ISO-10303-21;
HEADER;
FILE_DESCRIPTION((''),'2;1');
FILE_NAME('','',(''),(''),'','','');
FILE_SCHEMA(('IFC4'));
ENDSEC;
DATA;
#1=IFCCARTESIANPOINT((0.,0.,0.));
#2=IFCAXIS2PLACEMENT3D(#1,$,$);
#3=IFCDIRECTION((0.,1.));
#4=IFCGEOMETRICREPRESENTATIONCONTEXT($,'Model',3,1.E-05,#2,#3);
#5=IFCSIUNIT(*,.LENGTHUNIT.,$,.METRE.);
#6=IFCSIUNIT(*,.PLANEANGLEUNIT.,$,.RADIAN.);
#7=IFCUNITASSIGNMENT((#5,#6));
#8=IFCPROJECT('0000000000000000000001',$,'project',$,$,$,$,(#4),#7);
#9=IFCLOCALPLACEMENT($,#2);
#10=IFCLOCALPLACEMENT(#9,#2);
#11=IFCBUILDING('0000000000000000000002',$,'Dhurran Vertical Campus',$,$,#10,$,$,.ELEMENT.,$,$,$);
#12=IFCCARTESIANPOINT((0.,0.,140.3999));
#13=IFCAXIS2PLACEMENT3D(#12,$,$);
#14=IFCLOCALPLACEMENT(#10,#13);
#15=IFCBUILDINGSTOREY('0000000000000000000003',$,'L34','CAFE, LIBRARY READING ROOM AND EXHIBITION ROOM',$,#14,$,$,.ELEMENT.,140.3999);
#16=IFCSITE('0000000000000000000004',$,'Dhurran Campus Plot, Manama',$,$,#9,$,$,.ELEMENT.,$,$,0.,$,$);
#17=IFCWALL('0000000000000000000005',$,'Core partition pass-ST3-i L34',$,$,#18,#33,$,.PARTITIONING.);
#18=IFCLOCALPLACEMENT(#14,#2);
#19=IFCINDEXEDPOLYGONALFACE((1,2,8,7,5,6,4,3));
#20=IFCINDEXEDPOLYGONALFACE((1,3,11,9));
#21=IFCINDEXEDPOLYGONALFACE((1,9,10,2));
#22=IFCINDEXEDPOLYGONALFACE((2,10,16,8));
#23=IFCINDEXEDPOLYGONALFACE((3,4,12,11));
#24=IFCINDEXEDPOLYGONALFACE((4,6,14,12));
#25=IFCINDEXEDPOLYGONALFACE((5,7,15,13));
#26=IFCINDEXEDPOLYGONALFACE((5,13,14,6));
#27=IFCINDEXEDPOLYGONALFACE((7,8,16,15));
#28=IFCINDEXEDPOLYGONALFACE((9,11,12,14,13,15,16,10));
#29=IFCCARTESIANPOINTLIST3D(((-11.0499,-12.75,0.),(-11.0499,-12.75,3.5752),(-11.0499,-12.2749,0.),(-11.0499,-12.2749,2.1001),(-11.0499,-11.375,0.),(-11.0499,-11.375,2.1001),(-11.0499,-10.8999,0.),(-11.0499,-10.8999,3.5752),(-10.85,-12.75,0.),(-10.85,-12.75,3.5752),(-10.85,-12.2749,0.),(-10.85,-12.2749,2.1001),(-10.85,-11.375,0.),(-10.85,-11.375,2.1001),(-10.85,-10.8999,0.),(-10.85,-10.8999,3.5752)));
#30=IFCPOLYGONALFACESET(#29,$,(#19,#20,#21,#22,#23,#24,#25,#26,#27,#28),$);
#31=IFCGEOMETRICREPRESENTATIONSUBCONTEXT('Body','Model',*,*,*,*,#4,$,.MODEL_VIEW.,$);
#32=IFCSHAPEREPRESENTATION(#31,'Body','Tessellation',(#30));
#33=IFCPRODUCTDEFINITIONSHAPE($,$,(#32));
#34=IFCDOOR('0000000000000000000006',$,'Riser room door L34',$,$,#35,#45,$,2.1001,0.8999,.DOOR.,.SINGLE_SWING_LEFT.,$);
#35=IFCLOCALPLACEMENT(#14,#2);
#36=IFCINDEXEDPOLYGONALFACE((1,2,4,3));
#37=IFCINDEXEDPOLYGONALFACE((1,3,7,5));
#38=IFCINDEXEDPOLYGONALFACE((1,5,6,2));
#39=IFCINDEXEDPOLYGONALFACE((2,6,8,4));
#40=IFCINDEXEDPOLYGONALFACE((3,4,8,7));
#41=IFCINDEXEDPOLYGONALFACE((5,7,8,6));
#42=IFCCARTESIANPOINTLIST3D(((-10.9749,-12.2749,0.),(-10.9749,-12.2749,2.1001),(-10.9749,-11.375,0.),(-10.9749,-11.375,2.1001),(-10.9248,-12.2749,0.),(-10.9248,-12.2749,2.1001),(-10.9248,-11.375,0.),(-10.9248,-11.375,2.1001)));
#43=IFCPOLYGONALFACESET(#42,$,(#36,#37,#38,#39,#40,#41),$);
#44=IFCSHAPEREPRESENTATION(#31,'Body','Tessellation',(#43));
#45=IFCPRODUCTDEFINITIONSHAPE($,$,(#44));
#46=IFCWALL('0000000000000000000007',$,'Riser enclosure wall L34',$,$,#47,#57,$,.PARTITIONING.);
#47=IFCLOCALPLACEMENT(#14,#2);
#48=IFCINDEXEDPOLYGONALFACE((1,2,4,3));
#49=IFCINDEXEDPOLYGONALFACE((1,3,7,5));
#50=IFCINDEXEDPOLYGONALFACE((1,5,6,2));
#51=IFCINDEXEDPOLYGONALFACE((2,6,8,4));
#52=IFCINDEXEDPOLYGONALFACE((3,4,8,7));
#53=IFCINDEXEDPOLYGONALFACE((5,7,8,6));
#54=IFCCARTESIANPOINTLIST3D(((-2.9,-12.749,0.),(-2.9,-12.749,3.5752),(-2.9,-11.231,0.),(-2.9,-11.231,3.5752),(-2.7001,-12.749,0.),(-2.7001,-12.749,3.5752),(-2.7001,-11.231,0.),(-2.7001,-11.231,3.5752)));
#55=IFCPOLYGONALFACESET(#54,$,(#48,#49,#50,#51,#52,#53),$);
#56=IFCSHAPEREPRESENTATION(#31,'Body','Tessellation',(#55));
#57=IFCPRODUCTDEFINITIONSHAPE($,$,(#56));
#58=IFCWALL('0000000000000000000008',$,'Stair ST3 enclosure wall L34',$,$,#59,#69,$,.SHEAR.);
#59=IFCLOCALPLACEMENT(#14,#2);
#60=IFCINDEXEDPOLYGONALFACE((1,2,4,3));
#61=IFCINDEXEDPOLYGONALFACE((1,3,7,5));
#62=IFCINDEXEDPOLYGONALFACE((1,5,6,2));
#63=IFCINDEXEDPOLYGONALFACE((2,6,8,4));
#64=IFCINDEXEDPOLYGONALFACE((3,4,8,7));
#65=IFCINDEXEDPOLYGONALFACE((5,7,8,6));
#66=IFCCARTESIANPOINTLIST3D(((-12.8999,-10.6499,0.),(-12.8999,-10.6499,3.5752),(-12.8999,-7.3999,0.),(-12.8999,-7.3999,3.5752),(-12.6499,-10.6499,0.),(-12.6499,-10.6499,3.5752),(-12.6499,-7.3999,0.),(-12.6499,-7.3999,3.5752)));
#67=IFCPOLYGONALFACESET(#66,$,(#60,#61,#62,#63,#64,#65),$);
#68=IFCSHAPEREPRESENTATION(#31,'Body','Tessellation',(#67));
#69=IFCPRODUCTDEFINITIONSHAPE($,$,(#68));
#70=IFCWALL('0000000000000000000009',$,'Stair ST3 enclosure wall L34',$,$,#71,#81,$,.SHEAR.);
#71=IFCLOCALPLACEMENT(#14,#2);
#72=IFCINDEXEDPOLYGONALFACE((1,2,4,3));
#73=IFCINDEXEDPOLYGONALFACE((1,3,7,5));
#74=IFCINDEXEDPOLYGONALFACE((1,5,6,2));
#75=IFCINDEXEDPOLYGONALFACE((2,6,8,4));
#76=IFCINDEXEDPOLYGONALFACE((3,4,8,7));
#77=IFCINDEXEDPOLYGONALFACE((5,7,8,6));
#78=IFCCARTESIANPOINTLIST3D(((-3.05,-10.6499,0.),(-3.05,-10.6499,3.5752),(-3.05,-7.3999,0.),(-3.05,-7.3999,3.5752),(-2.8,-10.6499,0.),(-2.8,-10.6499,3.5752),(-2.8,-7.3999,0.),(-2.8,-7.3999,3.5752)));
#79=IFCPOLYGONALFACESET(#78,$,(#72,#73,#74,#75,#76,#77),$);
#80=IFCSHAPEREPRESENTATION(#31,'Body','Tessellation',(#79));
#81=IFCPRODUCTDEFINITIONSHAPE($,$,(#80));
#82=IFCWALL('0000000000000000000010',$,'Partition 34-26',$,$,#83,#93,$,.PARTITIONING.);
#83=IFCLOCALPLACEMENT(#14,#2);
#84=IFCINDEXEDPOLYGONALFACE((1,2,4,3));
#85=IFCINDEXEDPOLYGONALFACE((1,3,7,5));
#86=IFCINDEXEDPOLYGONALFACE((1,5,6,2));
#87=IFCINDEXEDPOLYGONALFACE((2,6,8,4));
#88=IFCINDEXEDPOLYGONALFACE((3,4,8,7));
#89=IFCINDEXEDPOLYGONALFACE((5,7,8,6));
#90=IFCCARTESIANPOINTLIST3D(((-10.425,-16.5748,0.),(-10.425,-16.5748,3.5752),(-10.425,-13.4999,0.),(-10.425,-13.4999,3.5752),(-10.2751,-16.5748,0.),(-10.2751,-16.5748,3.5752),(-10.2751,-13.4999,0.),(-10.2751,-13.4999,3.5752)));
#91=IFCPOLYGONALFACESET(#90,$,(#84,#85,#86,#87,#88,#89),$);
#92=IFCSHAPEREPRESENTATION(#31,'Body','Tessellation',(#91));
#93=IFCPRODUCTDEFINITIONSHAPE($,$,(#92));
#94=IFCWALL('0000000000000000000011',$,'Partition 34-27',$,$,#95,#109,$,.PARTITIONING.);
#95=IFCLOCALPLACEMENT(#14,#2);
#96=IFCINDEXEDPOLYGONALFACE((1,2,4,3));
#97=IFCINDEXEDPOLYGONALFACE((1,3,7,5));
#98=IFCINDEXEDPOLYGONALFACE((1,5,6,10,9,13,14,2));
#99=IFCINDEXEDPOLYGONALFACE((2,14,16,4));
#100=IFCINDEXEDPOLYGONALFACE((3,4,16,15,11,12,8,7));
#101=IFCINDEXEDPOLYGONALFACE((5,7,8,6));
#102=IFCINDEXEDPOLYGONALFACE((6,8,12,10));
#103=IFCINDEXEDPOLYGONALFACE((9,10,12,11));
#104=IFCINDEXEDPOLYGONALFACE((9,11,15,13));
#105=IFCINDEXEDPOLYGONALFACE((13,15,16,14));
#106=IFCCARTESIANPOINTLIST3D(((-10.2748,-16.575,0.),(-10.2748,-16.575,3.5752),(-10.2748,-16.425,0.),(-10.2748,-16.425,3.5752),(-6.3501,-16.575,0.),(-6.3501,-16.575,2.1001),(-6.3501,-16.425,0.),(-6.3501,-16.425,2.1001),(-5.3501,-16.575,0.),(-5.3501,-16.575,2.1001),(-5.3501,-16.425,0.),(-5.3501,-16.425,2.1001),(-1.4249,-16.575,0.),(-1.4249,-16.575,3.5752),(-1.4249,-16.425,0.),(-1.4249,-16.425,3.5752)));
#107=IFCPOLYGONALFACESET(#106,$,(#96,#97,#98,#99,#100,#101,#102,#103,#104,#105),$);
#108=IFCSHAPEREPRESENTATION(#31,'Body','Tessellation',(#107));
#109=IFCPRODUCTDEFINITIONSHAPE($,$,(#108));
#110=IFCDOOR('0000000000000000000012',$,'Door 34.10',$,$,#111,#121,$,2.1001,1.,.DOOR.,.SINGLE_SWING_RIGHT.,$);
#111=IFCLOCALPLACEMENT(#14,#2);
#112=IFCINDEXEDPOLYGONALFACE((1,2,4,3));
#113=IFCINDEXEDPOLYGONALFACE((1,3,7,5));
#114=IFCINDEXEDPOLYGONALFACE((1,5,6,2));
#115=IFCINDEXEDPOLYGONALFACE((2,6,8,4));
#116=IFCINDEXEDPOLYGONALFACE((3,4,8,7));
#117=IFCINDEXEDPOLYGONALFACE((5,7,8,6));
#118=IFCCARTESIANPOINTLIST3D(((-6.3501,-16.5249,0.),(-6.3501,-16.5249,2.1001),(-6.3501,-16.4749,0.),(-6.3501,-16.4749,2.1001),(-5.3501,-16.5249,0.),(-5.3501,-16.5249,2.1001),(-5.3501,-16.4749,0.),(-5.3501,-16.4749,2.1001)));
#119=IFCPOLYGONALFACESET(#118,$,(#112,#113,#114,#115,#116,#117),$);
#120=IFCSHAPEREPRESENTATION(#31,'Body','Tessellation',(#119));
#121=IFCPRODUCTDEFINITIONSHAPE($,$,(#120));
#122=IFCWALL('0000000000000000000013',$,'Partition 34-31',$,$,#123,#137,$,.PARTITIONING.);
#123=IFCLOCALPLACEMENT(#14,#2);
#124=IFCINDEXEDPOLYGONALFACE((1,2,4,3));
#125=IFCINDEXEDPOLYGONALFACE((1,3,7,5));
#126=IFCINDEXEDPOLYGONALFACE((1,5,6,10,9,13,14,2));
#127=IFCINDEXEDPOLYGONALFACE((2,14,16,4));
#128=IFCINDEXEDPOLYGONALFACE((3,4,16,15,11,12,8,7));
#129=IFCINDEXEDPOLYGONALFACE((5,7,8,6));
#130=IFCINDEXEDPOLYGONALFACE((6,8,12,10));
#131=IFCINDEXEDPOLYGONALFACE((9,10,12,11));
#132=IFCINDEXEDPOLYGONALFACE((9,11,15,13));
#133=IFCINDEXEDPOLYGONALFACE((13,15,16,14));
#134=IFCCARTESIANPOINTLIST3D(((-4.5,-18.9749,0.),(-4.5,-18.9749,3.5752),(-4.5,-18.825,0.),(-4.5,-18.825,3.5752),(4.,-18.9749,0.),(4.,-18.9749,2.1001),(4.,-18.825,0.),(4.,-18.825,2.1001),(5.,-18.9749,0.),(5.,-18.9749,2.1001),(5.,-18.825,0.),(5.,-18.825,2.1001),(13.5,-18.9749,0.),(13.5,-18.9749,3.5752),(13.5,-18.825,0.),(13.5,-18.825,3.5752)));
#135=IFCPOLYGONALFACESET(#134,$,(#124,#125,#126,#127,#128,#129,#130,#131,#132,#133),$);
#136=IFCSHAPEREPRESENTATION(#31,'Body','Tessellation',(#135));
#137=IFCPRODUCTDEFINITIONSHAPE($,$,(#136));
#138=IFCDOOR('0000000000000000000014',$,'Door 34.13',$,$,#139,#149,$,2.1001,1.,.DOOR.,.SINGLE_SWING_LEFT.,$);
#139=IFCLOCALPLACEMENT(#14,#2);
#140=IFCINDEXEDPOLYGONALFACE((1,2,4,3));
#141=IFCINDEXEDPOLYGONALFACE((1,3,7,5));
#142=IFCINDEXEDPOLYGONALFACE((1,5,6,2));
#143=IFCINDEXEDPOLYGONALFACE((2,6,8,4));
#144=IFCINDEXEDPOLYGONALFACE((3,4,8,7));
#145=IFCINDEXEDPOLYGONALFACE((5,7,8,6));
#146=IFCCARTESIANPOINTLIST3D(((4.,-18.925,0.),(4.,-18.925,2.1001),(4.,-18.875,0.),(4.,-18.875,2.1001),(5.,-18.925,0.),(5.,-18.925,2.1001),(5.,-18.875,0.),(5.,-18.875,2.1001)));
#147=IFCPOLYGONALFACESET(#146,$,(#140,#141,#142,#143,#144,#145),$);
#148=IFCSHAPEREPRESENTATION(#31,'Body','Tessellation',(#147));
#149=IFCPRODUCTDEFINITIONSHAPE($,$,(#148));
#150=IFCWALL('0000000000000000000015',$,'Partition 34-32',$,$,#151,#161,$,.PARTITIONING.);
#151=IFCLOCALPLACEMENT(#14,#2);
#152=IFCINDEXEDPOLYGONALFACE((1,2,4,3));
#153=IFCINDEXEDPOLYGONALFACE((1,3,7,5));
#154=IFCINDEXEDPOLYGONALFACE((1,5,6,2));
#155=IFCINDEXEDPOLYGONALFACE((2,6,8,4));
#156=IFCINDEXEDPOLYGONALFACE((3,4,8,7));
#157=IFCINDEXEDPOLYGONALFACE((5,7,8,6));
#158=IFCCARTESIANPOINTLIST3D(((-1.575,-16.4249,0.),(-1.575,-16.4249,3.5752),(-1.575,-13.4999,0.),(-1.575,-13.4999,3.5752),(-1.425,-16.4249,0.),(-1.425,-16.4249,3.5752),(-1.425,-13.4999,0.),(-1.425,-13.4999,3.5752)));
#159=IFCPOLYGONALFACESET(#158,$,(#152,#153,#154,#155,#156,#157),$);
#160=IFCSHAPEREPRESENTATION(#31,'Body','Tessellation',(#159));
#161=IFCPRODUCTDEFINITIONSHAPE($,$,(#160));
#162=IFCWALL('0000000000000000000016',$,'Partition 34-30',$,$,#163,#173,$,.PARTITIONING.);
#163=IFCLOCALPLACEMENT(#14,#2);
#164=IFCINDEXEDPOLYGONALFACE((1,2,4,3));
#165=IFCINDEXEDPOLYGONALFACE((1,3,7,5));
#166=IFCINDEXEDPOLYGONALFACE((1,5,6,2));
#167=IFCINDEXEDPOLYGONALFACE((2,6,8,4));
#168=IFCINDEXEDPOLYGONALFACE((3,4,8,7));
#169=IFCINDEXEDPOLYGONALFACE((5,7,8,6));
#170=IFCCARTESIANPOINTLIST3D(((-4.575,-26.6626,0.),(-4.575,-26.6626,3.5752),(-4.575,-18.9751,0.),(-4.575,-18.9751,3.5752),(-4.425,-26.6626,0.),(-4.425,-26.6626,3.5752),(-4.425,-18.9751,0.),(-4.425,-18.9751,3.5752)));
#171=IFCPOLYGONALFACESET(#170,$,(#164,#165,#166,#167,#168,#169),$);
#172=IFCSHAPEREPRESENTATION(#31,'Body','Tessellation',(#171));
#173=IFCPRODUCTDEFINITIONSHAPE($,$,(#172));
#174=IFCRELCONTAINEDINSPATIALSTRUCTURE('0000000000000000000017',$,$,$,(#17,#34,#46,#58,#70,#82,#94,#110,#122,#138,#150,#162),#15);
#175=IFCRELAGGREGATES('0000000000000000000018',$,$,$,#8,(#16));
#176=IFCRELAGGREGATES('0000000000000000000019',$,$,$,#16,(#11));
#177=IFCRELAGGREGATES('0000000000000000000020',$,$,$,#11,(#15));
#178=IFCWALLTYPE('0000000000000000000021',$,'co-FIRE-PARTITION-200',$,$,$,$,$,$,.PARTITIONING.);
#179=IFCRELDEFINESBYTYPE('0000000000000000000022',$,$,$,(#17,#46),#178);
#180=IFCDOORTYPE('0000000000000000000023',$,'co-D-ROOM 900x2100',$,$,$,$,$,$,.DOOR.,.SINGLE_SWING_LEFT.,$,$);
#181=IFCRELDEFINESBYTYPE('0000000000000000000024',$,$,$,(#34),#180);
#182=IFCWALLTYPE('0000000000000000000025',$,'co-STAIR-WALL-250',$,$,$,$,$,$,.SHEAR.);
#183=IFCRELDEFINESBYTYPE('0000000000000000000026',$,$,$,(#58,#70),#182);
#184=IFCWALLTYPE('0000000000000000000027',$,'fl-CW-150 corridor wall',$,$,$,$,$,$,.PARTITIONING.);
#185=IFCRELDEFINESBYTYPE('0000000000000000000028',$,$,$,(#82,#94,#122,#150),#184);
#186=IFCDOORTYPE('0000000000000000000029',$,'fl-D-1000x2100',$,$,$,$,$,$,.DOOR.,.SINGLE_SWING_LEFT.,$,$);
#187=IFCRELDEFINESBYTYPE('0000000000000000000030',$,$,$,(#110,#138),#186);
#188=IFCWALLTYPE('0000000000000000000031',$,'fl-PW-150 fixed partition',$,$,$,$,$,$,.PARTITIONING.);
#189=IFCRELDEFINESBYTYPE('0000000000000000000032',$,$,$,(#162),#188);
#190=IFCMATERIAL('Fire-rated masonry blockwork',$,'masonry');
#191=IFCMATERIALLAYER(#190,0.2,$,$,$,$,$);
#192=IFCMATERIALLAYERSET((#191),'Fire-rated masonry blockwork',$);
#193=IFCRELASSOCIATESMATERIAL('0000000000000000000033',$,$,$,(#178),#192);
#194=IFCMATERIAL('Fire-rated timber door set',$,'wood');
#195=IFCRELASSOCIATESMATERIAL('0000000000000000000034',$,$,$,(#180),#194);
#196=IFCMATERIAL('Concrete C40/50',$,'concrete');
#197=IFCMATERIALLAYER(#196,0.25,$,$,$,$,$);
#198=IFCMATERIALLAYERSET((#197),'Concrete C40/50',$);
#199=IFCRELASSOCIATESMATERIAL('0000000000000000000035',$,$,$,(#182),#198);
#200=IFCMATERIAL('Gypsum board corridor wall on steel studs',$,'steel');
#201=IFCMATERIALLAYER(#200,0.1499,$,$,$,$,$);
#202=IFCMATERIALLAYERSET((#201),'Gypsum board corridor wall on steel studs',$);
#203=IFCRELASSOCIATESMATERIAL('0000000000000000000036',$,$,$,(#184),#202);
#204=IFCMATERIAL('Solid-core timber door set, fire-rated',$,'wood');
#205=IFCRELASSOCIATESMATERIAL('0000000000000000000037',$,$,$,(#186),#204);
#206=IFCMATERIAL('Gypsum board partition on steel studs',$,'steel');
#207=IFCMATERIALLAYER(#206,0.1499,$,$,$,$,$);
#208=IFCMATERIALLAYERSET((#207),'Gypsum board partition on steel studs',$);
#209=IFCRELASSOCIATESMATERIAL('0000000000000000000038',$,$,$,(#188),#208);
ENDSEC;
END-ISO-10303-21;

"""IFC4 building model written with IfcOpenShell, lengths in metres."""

from ifc_helpers import new_model, si_unit, direction, frame, frame_2d, origin, place, context, subcontext, project, spatial, rectangle, extrude, material, layer, layer_set, type_object, element, fill, save


model = new_model("IFC4")

# Units and contexts
model_context = context("Model", 3, precision=1e-05, world=origin(), true_north=direction((0.0, 1.0)))
body_context = subcontext(model_context, "Body", "Model", "MODEL_VIEW")
ifc_project = project(units=[si_unit("LENGTHUNIT", "METRE"), si_unit("PLANEANGLEUNIT", "RADIAN")], contexts=[model_context])

# Site, building, storey
site_placement = place(None, origin())
site = spatial("IfcSite", under=ifc_project, at=site_placement, Name="Dhurran Campus Plot, Manama", CompositionType="ELEMENT", RefElevation=0.0)
building_placement = place(site_placement, origin())
building = spatial("IfcBuilding", under=site, at=building_placement, Name="Dhurran Vertical Campus", CompositionType="ELEMENT")
storey_placement = place(building_placement, frame((0.0, 0.0, 140.3999)))
storey = spatial("IfcBuildingStorey", under=building, at=storey_placement, Name="L34", Description="CAFE, LIBRARY READING ROOM AND EXHIBITION ROOM", CompositionType="ELEMENT", Elevation=140.3999)

# Shared definitions
ifc_material_1 = material(Name="Fire-rated masonry blockwork", Category="masonry")
ifc_layer_1 = layer(ifc_material_1, 0.2)
ifc_layer_set_1 = layer_set([ifc_layer_1], Name="Fire-rated masonry blockwork")
wall_type_1 = type_object("IfcWallType", Name="co-FIRE-PARTITION-200", PredefinedType="PARTITIONING", material=ifc_layer_set_1)

# Shared definitions
ifc_material_2 = material(Name="Fire-rated timber door set", Category="wood")
door_type_1 = type_object("IfcDoorType", Name="co-D-ROOM 900x2100", OperationType="SINGLE_SWING_LEFT", PredefinedType="DOOR", material=ifc_material_2)

# Wall, opening, door
wall_1_placement = place(storey_placement, frame((-10.95, -12.75, 0.0), z_axis=(0.0, 0.0, 1.0), x_axis=(0.0, 1.0, 0.0)))
wall_1 = element("IfcWall", 1, at=wall_1_placement, inside=storey, type_object=wall_type_1, Name="Core partition pass-ST3-i L34", PredefinedType="PARTITIONING", context=body_context, shape_type="SweptSolid", body=[
    extrude(rectangle(XDim=1.8501, YDim=0.2, at=frame_2d((0.925, 0.0))), origin(), (0.0, 0.0, 1.0), 3.5752),
])
opening_1_placement = place(wall_1_placement, frame((0.4751, 0.0, 0.0)))
opening_1 = element("IfcOpeningElement", 2, at=opening_1_placement, cuts=wall_1, PredefinedType="OPENING", context=body_context, shape_type="SweptSolid", body=[
    extrude(rectangle(XDim=0.8999, YDim=2.1001, at=frame_2d((0.45, 1.05))), frame((0.0, 0.1099, 0.0), z_axis=(0.0, -1.0, 0.0), x_axis=(1.0, 0.0, 0.0)), (0.0, 0.0, 1.0), 0.22),
])
door_1_placement = place(opening_1_placement, origin())
door_1 = element("IfcDoor", 3, at=door_1_placement, inside=storey, type_object=door_type_1, Name="Riser room door L34", OperationType="SINGLE_SWING_LEFT", OverallHeight=2.1001, OverallWidth=0.8999, PredefinedType="DOOR", context=body_context, shape_type="SweptSolid", body=[
    extrude(rectangle(XDim=0.8999, YDim=2.1001, at=frame_2d((0.45, 1.05))), frame((0.0, 0.0249, 0.0), z_axis=(0.0, -1.0, 0.0), x_axis=(1.0, 0.0, 0.0)), (0.0, 0.0, 1.0), 0.05),
])
fill(opening_1, door_1)

# Walls
wall_2_placement = place(storey_placement, frame((-2.8, -12.749, 0.0), z_axis=(0.0, 0.0, 1.0), x_axis=(0.0, 1.0, 0.0)))
element("IfcWall", 4, at=wall_2_placement, inside=storey, type_object=wall_type_1, Name="Riser enclosure wall L34", PredefinedType="PARTITIONING", context=body_context, shape_type="SweptSolid", body=[
    extrude(rectangle(XDim=1.5181, YDim=0.2, at=frame_2d((0.759, 0.0))), origin(), (0.0, 0.0, 1.0), 3.5752),
])
ifc_material_3 = material(Name="Concrete C40/50", Category="concrete")
ifc_layer_2 = layer(ifc_material_3, 0.25)
ifc_layer_set_2 = layer_set([ifc_layer_2], Name="Concrete C40/50")
wall_type_2 = type_object("IfcWallType", Name="co-STAIR-WALL-250", PredefinedType="SHEAR", material=ifc_layer_set_2)
for number, where, z_axis, x_axis, name in (
    (5, (-12.7749, -10.6499, 0.0), (0.0, 0.0, 1.0), (0.0, 1.0, 0.0), "Stair ST3 enclosure wall L34"),
    (6, (-2.925, -10.6499, 0.0), (0.0, 0.0, 1.0), (0.0, 1.0, 0.0), "Stair ST3 enclosure wall L34"),
):
    element("IfcWall", number, at=place(storey_placement, frame(where, z_axis=z_axis, x_axis=x_axis)), inside=storey, type_object=wall_type_2, Name=name, PredefinedType="SHEAR", context=body_context, shape_type="SweptSolid", body=[
        extrude(rectangle(XDim=3.25, YDim=0.25, at=frame_2d((1.625, 0.0))), origin(), (0.0, 0.0, 1.0), 3.5752),
    ])
ifc_material_4 = material(Name="Gypsum board corridor wall on steel studs", Category="steel")
ifc_layer_3 = layer(ifc_material_4, 0.1499)
ifc_layer_set_3 = layer_set([ifc_layer_3], Name="Gypsum board corridor wall on steel studs")
wall_type_3 = type_object("IfcWallType", Name="fl-CW-150 corridor wall", PredefinedType="PARTITIONING", material=ifc_layer_set_3)
wall_3_placement = place(storey_placement, frame((-10.3501, -16.575, 0.0), z_axis=(0.0, 0.0, 1.0), x_axis=(0.0, 1.0, 0.0)))
element("IfcWall", 7, at=wall_3_placement, inside=storey, type_object=wall_type_3, Name="Partition 34-26", PredefinedType="PARTITIONING", context=body_context, shape_type="SweptSolid", body=[
    extrude(rectangle(XDim=3.075, YDim=0.1499, at=frame_2d((1.5376, 0.0))), origin(), (0.0, 0.0, 1.0), 3.5752),
])

# Walls, openings, doors
wall_4_placement = place(storey_placement, frame((-1.425, -16.5, 0.0), z_axis=(0.0, 0.0, 1.0), x_axis=(-1.0, 0.0, 0.0)))
wall_4 = element("IfcWall", 8, at=wall_4_placement, inside=storey, type_object=wall_type_3, Name="Partition 34-27", PredefinedType="PARTITIONING", context=body_context, shape_type="SweptSolid", body=[
    extrude(rectangle(XDim=8.8499, YDim=0.1499, at=frame_2d((4.4248, 0.0))), origin(), (0.0, 0.0, 1.0), 3.5752),
])
opening_2_placement = place(wall_4_placement, frame((3.925, 0.0, 0.0)))
opening_2 = element("IfcOpeningElement", 9, at=opening_2_placement, cuts=wall_4, PredefinedType="OPENING", context=body_context, shape_type="SweptSolid", body=[
    extrude(rectangle(XDim=1.0, YDim=2.1001, at=frame_2d((0.5, 1.05))), frame((0.0, 0.085, 0.0), z_axis=(0.0, -1.0, 0.0), x_axis=(1.0, 0.0, 0.0)), (0.0, 0.0, 1.0), 0.1699),
])
ifc_material_5 = material(Name="Solid-core timber door set, fire-rated", Category="wood")
door_type_2 = type_object("IfcDoorType", Name="fl-D-1000x2100", OperationType="SINGLE_SWING_LEFT", PredefinedType="DOOR", material=ifc_material_5)
door_2_placement = place(opening_2_placement, origin())
door_2 = element("IfcDoor", 10, at=door_2_placement, inside=storey, type_object=door_type_2, Name="Door 34.10", OperationType="SINGLE_SWING_RIGHT", OverallHeight=2.1001, OverallWidth=1.0, PredefinedType="DOOR", context=body_context, shape_type="SweptSolid", body=[
    extrude(rectangle(XDim=1.0, YDim=2.1001, at=frame_2d((0.5, 1.05))), frame((0.0, 0.0249, 0.0), z_axis=(0.0, -1.0, 0.0), x_axis=(1.0, 0.0, 0.0)), (0.0, 0.0, 1.0), 0.05),
])
fill(opening_2, door_2)
wall_5_placement = place(storey_placement, frame((-4.5, -18.8999, 0.0), z_axis=(0.0, 0.0, 1.0), x_axis=(1.0, 0.0, 0.0)))
wall_5 = element("IfcWall", 11, at=wall_5_placement, inside=storey, type_object=wall_type_3, Name="Partition 34-31", PredefinedType="PARTITIONING", context=body_context, shape_type="SweptSolid", body=[
    extrude(rectangle(XDim=18.0, YDim=0.1499, at=frame_2d((9.0, 0.0))), origin(), (0.0, 0.0, 1.0), 3.5752),
])
opening_3_placement = place(wall_5_placement, frame((8.5, 0.0, 0.0)))
opening_3 = element("IfcOpeningElement", 12, at=opening_3_placement, cuts=wall_5, PredefinedType="OPENING", context=body_context, shape_type="SweptSolid", body=[
    extrude(rectangle(XDim=1.0, YDim=2.1001, at=frame_2d((0.5, 1.05))), frame((0.0, 0.085, 0.0), z_axis=(0.0, -1.0, 0.0), x_axis=(1.0, 0.0, 0.0)), (0.0, 0.0, 1.0), 0.1699),
])
door_3_placement = place(opening_3_placement, origin())
door_3 = element("IfcDoor", 13, at=door_3_placement, inside=storey, type_object=door_type_2, Name="Door 34.13", OperationType="SINGLE_SWING_LEFT", OverallHeight=2.1001, OverallWidth=1.0, PredefinedType="DOOR", context=body_context, shape_type="SweptSolid", body=[
    extrude(rectangle(XDim=1.0, YDim=2.1001, at=frame_2d((0.5, 1.05))), frame((0.0, 0.0249, 0.0), z_axis=(0.0, -1.0, 0.0), x_axis=(1.0, 0.0, 0.0)), (0.0, 0.0, 1.0), 0.05),
])
fill(opening_3, door_3)

# Walls
wall_6_placement = place(storey_placement, frame((-1.5, -13.5, 0.0), z_axis=(0.0, 0.0, 1.0), x_axis=(0.0, -1.0, 0.0)))
element("IfcWall", 14, at=wall_6_placement, inside=storey, type_object=wall_type_3, Name="Partition 34-32", PredefinedType="PARTITIONING", context=body_context, shape_type="SweptSolid", body=[
    extrude(rectangle(XDim=2.925, YDim=0.1499, at=frame_2d((1.4624, 0.0))), origin(), (0.0, 0.0, 1.0), 3.5752),
])
ifc_material_6 = material(Name="Gypsum board partition on steel studs", Category="steel")
ifc_layer_4 = layer(ifc_material_6, 0.1499)
ifc_layer_set_4 = layer_set([ifc_layer_4], Name="Gypsum board partition on steel studs")
wall_type_4 = type_object("IfcWallType", Name="fl-PW-150 fixed partition", PredefinedType="PARTITIONING", material=ifc_layer_set_4)
wall_7_placement = place(storey_placement, frame((-4.5, -18.9751, 0.0), z_axis=(0.0, 0.0, 1.0), x_axis=(0.0, -1.0, 0.0)))
element("IfcWall", 15, at=wall_7_placement, inside=storey, type_object=wall_type_4, Name="Partition 34-30", PredefinedType="PARTITIONING", context=body_context, shape_type="SweptSolid", body=[
    extrude(rectangle(XDim=7.6875, YDim=0.1499, at=frame_2d((3.8438, 0.0))), origin(), (0.0, 0.0, 1.0), 3.5752),
])

save(model, "model.ifc")
